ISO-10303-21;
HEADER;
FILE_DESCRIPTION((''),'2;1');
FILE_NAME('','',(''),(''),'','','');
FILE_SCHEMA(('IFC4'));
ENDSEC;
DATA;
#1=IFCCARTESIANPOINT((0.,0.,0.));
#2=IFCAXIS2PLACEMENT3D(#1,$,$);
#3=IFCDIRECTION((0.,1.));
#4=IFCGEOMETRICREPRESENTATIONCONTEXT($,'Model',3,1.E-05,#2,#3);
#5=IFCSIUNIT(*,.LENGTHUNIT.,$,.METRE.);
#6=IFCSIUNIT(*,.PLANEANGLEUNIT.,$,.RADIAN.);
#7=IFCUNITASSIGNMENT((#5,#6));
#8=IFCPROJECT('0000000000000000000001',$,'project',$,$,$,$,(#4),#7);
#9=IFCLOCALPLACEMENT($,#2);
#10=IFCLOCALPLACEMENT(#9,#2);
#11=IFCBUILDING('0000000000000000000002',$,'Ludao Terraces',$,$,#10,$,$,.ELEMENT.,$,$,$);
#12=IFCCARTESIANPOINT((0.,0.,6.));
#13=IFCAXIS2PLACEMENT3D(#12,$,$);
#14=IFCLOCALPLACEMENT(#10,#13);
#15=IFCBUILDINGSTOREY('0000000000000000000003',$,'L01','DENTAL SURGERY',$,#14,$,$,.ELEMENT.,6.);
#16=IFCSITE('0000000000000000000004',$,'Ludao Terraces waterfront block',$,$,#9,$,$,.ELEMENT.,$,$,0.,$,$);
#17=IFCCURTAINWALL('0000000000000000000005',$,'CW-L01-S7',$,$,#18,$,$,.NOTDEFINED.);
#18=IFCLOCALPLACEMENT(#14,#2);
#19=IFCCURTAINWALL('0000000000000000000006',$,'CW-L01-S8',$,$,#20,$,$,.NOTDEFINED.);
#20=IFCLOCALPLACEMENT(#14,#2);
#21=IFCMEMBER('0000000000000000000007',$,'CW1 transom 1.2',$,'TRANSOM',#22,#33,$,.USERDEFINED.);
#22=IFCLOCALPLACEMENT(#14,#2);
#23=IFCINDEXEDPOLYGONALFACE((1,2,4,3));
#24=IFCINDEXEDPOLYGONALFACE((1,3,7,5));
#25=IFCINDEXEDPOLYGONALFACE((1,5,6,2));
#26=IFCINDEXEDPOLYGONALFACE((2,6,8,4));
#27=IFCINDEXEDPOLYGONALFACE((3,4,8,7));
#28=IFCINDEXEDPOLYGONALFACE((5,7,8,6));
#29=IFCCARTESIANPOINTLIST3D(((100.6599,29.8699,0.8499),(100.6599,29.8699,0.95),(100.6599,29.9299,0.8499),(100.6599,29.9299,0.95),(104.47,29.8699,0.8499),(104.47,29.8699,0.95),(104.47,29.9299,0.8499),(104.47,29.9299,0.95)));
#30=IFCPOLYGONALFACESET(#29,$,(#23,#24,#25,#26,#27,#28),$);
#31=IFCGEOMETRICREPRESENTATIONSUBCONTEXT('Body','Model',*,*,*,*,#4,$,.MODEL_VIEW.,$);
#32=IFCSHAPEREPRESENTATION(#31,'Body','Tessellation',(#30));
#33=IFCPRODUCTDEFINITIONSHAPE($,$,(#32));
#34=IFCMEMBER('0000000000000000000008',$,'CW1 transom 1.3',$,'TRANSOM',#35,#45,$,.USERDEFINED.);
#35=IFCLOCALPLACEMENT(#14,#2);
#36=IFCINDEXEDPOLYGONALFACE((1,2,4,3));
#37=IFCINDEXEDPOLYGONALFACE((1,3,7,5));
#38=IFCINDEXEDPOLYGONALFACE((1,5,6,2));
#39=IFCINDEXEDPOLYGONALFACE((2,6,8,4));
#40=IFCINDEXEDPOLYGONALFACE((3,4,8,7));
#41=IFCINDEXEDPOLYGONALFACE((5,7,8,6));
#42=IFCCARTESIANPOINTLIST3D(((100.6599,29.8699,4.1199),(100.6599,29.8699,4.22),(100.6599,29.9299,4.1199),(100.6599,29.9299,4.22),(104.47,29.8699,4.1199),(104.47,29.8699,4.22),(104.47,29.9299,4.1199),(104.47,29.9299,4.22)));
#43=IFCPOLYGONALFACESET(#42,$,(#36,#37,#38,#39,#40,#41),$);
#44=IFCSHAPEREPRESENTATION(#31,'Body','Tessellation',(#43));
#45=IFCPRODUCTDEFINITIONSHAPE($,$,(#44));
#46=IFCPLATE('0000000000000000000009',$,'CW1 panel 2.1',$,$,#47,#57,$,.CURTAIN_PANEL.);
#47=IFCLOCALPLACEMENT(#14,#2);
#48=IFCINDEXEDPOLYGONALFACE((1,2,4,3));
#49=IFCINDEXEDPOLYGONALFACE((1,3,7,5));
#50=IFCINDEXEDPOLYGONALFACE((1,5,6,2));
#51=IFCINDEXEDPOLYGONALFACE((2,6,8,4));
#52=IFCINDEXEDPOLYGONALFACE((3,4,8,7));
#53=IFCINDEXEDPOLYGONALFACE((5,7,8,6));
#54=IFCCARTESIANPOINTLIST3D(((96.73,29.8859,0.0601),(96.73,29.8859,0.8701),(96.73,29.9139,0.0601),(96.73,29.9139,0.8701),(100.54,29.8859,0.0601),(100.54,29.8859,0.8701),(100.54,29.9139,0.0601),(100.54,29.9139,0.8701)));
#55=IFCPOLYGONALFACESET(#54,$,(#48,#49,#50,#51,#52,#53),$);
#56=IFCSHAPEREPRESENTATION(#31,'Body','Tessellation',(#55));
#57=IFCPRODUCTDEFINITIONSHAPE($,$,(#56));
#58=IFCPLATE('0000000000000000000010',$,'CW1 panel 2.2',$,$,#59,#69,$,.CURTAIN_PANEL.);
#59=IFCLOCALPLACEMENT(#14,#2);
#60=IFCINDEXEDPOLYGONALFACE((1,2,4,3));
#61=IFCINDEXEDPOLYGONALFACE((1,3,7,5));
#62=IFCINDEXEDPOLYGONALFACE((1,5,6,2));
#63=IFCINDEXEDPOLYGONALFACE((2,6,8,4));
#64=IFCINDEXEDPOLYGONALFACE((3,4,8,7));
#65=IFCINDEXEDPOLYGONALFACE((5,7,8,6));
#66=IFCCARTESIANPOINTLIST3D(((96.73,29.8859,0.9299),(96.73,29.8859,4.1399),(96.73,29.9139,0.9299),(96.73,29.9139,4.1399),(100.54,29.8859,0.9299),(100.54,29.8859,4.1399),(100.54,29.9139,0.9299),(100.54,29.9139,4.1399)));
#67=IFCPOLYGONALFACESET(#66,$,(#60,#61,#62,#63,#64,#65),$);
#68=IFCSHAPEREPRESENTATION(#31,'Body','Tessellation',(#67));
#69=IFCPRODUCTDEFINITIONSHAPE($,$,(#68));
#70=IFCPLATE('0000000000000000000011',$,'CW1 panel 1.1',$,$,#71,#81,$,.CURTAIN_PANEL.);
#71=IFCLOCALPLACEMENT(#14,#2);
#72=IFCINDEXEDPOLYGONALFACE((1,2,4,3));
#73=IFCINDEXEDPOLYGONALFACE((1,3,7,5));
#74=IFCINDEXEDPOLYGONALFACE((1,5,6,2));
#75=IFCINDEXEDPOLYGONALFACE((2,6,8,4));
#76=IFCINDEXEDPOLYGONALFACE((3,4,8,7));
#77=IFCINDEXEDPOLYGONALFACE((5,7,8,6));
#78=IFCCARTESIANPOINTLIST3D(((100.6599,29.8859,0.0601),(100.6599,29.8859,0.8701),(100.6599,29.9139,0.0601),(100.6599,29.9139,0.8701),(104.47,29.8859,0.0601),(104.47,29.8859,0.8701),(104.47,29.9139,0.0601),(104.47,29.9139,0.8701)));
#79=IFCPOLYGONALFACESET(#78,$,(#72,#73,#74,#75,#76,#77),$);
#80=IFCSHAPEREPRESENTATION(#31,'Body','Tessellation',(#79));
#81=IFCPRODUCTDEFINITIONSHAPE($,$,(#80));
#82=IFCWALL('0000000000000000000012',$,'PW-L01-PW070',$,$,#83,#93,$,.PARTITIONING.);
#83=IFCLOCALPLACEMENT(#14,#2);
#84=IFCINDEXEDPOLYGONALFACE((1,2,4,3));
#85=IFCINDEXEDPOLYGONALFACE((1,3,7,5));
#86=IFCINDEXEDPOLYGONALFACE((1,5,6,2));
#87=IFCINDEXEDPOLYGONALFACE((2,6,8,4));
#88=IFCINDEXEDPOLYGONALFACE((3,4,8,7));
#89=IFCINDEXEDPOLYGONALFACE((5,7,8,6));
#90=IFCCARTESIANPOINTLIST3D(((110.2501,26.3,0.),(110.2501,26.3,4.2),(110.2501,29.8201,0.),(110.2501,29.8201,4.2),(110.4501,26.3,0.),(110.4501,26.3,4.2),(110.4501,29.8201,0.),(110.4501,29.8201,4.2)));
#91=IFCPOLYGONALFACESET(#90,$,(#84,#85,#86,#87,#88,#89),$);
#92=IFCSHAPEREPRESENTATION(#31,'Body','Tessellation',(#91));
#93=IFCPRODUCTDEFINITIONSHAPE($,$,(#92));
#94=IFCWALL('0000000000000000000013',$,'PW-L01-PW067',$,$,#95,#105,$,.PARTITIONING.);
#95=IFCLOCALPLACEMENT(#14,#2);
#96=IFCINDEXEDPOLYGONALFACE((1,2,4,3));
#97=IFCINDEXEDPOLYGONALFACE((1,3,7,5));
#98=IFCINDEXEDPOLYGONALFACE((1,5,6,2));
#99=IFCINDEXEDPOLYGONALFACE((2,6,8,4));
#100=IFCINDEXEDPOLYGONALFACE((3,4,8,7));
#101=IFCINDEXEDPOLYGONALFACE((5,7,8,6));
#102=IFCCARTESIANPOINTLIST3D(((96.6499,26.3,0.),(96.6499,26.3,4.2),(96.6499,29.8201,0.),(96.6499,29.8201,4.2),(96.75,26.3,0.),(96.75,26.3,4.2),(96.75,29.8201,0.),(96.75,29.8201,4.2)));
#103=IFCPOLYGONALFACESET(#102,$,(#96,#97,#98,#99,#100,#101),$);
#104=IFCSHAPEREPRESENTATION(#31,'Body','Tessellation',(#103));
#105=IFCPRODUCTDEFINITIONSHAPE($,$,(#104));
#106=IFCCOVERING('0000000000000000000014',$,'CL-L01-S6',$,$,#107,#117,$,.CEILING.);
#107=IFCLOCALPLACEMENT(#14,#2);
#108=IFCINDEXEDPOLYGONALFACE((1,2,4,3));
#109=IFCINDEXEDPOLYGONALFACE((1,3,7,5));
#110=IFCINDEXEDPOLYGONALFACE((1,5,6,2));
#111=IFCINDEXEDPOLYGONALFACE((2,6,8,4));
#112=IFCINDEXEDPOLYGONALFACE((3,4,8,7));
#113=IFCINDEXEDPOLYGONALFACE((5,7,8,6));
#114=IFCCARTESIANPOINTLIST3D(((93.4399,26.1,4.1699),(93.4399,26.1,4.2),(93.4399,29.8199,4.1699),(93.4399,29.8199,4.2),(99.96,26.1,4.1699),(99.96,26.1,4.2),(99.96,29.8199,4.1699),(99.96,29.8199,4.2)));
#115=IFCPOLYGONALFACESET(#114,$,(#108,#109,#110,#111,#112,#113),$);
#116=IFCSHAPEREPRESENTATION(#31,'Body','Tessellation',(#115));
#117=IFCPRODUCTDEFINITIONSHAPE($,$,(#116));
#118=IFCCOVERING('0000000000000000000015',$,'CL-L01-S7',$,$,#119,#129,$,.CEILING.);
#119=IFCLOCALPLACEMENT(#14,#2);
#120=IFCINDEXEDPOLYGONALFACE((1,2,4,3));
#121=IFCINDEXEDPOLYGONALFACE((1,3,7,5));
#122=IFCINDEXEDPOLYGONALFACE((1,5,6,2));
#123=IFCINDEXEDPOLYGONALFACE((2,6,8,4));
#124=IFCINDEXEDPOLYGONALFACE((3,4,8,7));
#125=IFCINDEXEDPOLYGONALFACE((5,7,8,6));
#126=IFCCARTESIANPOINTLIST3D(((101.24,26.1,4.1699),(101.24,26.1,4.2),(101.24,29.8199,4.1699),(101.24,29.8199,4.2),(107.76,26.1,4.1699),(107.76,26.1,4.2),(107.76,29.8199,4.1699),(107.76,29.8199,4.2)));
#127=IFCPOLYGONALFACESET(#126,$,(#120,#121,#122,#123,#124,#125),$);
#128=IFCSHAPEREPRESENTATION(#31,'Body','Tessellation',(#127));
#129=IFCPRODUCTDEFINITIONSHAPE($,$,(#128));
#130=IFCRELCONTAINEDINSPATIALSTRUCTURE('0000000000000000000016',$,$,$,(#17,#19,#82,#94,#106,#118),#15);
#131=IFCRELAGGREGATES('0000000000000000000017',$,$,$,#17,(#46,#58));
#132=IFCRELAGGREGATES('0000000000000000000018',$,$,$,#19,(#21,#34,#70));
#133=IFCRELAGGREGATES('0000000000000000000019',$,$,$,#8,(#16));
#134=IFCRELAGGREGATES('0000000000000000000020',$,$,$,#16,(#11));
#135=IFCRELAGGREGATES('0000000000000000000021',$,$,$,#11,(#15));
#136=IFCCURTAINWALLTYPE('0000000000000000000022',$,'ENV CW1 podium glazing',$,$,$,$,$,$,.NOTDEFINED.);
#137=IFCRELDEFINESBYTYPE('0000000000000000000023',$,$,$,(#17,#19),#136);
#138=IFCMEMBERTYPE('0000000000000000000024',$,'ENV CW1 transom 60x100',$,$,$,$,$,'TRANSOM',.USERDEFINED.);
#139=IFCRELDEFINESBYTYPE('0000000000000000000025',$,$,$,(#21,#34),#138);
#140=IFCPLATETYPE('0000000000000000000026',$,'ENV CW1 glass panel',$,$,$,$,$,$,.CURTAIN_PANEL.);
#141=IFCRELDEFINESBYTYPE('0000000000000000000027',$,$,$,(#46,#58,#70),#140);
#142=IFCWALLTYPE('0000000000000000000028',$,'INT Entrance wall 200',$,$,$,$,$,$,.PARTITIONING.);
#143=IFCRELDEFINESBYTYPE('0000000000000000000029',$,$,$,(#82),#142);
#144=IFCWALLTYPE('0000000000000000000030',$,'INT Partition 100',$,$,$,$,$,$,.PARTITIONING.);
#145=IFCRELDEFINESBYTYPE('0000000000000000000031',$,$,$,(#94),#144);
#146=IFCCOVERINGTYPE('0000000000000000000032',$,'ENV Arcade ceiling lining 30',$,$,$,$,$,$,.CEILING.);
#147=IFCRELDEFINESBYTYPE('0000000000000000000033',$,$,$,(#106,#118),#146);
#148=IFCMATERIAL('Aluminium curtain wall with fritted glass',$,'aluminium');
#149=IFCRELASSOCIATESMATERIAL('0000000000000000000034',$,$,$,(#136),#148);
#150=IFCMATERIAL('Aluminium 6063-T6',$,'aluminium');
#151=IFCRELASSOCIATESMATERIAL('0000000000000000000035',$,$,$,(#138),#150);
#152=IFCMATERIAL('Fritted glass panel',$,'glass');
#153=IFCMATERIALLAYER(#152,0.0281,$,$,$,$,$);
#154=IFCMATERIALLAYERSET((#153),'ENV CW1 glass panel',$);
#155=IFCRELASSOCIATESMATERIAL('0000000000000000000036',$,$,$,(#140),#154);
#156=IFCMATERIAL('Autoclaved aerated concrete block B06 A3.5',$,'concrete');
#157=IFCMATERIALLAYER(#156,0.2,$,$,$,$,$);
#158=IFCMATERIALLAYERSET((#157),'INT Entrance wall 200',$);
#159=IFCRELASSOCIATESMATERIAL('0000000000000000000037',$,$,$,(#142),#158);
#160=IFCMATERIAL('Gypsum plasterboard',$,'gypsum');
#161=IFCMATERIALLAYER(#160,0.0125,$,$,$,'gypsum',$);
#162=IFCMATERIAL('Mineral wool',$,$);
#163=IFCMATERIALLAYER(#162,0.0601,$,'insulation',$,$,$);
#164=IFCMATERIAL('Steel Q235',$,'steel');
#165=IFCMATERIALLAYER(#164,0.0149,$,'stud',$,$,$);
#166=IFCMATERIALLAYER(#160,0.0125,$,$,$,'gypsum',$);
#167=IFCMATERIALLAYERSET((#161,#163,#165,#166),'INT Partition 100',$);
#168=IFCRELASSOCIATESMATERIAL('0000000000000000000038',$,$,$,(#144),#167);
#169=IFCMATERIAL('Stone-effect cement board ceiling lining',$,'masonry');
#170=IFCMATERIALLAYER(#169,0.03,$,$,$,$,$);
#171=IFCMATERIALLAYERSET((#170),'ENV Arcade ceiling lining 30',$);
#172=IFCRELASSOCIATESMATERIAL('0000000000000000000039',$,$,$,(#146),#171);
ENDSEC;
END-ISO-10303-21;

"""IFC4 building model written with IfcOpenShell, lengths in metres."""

from ifc_helpers import new_model, si_unit, direction, frame, frame_2d, origin, origin_2d, place, context, subcontext, project, spatial, rectangle, extrude, material, layer, layer_set, material_profile, profile_set, type_object, element, aggregate, save


model = new_model("IFC4")

# Units and contexts
model_context = context("Model", 3, precision=1e-05, world=origin(), true_north=direction((0.0, 1.0)))
body_context = subcontext(model_context, "Body", "Model", "MODEL_VIEW")
ifc_project = project(units=[si_unit("LENGTHUNIT", "METRE"), si_unit("PLANEANGLEUNIT", "RADIAN")], contexts=[model_context])

# Site, building, storey
site_placement = place(None, origin())
site = spatial("IfcSite", under=ifc_project, at=site_placement, Name="Ludao Terraces waterfront block", CompositionType="ELEMENT", RefElevation=0.0)
building_placement = place(site_placement, origin())
building = spatial("IfcBuilding", under=site, at=building_placement, Name="Ludao Terraces", CompositionType="ELEMENT")
storey_placement = place(building_placement, frame((0.0, 0.0, 6.0)))
storey = spatial("IfcBuildingStorey", under=building, at=storey_placement, Name="L01", Description="DENTAL SURGERY", CompositionType="ELEMENT", Elevation=6.0)

# Curtain wall
ifc_material_1 = material(Name="Aluminium curtain wall with fritted glass", Category="aluminium")
curtain_wall_type = type_object("IfcCurtainWallType", Name="ENV CW1 podium glazing", PredefinedType="NOTDEFINED", material=ifc_material_1)
curtain_wall_1_placement = place(storey_placement, origin())
curtain_wall_1 = element("IfcCurtainWall", 1, at=curtain_wall_1_placement, inside=storey, type_object=curtain_wall_type, Name="CW-L01-S7", PredefinedType="NOTDEFINED")
ifc_material_2 = material(Name="Aluminium 6063-T6", Category="aluminium")

# Curtain wall
curtain_wall_2_placement = place(storey_placement, origin())
curtain_wall_2 = element("IfcCurtainWall", 2, at=curtain_wall_2_placement, inside=storey, type_object=curtain_wall_type, Name="CW-L01-S8", PredefinedType="NOTDEFINED")

# Members
ifc_material_profile_1 = material_profile(ifc_material_2, rectangle(XDim=0.0601, YDim=0.1001, at=origin_2d()), Name="60 X 100")
ifc_profile_set_1 = profile_set([ifc_material_profile_1], Name="Aluminium 6063-T6")
member_type_1 = type_object("IfcMemberType", Name="ENV CW1 transom 60x100", ElementType="TRANSOM", PredefinedType="USERDEFINED", material=ifc_profile_set_1)
member_1_placement = place(storey_placement, frame((100.6599, 29.8999, 0.8999), z_axis=(1.0, 0.0, 0.0), x_axis=(0.0, 1.0, 0.0)))
member_1 = element("IfcMember", 3, at=member_1_placement, type_object=member_type_1, Name="CW1 transom 1.2", ObjectType="TRANSOM", PredefinedType="USERDEFINED", context=body_context, shape_type="SweptSolid", body=[
    extrude(rectangle(XDim=0.0601, YDim=0.1001, at=origin_2d()), origin(), (0.0, 0.0, 1.0), 3.8101),
])
member_2_placement = place(storey_placement, frame((100.6599, 29.8999, 4.1699), z_axis=(1.0, 0.0, 0.0), x_axis=(0.0, 1.0, 0.0)))
member_2 = element("IfcMember", 4, at=member_2_placement, type_object=member_type_1, Name="CW1 transom 1.3", ObjectType="TRANSOM", PredefinedType="USERDEFINED", context=body_context, shape_type="SweptSolid", body=[
    extrude(rectangle(XDim=0.0601, YDim=0.1001, at=origin_2d()), origin(), (0.0, 0.0, 1.0), 3.8101),
])

# Plates
ifc_material_3 = material(Name="Fritted glass panel", Category="glass")
ifc_layer_1 = layer(ifc_material_3, 0.0281)
ifc_layer_set_1 = layer_set([ifc_layer_1], Name="ENV CW1 glass panel")
plate_type = type_object("IfcPlateType", Name="ENV CW1 glass panel", PredefinedType="CURTAIN_PANEL", material=ifc_layer_set_1)
plate_1_placement = place(storey_placement, frame((98.635, 29.8999, 0.0601), z_axis=(0.0, 0.0, 1.0), x_axis=(1.0, 0.0, 0.0)))
plate_1 = element("IfcPlate", 5, at=plate_1_placement, type_object=plate_type, Name="CW1 panel 2.1", PredefinedType="CURTAIN_PANEL", context=body_context, shape_type="SweptSolid", body=[
    extrude(rectangle(XDim=3.8101, YDim=0.0281, at=origin_2d()), origin(), (0.0, 0.0, 1.0), 0.8101),
])
plate_2_placement = place(storey_placement, frame((98.635, 29.8999, 0.9299), z_axis=(0.0, 0.0, 1.0), x_axis=(1.0, 0.0, 0.0)))
plate_2 = element("IfcPlate", 6, at=plate_2_placement, type_object=plate_type, Name="CW1 panel 2.2", PredefinedType="CURTAIN_PANEL", context=body_context, shape_type="SweptSolid", body=[
    extrude(rectangle(XDim=3.8101, YDim=0.0281, at=origin_2d()), origin(), (0.0, 0.0, 1.0), 3.21),
])
aggregate(curtain_wall_1, [plate_1, plate_2])
plate_3_placement = place(storey_placement, frame((102.5649, 29.8999, 0.0601), z_axis=(0.0, 0.0, 1.0), x_axis=(1.0, 0.0, 0.0)))
plate_3 = element("IfcPlate", 7, at=plate_3_placement, type_object=plate_type, Name="CW1 panel 1.1", PredefinedType="CURTAIN_PANEL", context=body_context, shape_type="SweptSolid", body=[
    extrude(rectangle(XDim=3.8101, YDim=0.0281, at=origin_2d()), origin(), (0.0, 0.0, 1.0), 0.8101),
])
aggregate(curtain_wall_2, [member_1, member_2, plate_3])

# Walls
ifc_material_4 = material(Name="Autoclaved aerated concrete block B06 A3.5", Category="concrete")
ifc_layer_2 = layer(ifc_material_4, 0.2)
ifc_layer_set_2 = layer_set([ifc_layer_2], Name="INT Entrance wall 200")
wall_type_1 = type_object("IfcWallType", Name="INT Entrance wall 200", PredefinedType="PARTITIONING", material=ifc_layer_set_2)
wall_1_placement = place(storey_placement, frame((110.3501, 26.3, 0.0), z_axis=(0.0, 0.0, 1.0), x_axis=(0.0, 1.0, 0.0)))
element("IfcWall", 8, at=wall_1_placement, inside=storey, type_object=wall_type_1, Name="PW-L01-PW070", PredefinedType="PARTITIONING", context=body_context, shape_type="SweptSolid", body=[
    extrude(rectangle(XDim=3.52, YDim=0.2, at=frame_2d((1.76, 0.0))), origin(), (0.0, 0.0, 1.0), 4.2),
])
ifc_material_5 = material(Name="Gypsum plasterboard", Category="gypsum")
ifc_layer_3 = layer(ifc_material_5, 0.0125, Category="gypsum")
ifc_material_6 = material(Name="Mineral wool")
ifc_layer_4 = layer(ifc_material_6, 0.0601, Name="insulation")
ifc_material_7 = material(Name="Steel Q235", Category="steel")
ifc_layer_5 = layer(ifc_material_7, 0.0149, Name="stud")
ifc_layer_6 = layer(ifc_material_5, 0.0125, Category="gypsum")
ifc_layer_set_3 = layer_set([ifc_layer_3, ifc_layer_4, ifc_layer_5, ifc_layer_6], Name="INT Partition 100")
wall_type_2 = type_object("IfcWallType", Name="INT Partition 100", PredefinedType="PARTITIONING", material=ifc_layer_set_3)
wall_2_placement = place(storey_placement, frame((96.7, 26.3, 0.0), z_axis=(0.0, 0.0, 1.0), x_axis=(0.0, 1.0, 0.0)))
element("IfcWall", 9, at=wall_2_placement, inside=storey, type_object=wall_type_2, Name="PW-L01-PW067", PredefinedType="PARTITIONING", context=body_context, shape_type="SweptSolid", body=[
    extrude(rectangle(XDim=3.52, YDim=0.1001, at=frame_2d((1.76, 0.0))), origin(), (0.0, 0.0, 1.0), 4.2),
])

# Coverings
ifc_material_8 = material(Name="Stone-effect cement board ceiling lining", Category="masonry")
ifc_layer_7 = layer(ifc_material_8, 0.03)
ifc_layer_set_4 = layer_set([ifc_layer_7], Name="ENV Arcade ceiling lining 30")
covering_type = type_object("IfcCoveringType", Name="ENV Arcade ceiling lining 30", PredefinedType="CEILING", material=ifc_layer_set_4)
for number, where, z_axis, x_axis, name in (
    (10, (96.7, 27.96, 4.1699), (0.0, 0.0, 1.0), (1.0, 0.0, 0.0), "CL-L01-S6"),
    (11, (104.5, 27.96, 4.1699), (0.0, 0.0, 1.0), (1.0, 0.0, 0.0), "CL-L01-S7"),
):
    element("IfcCovering", number, at=place(storey_placement, frame(where, z_axis=z_axis, x_axis=x_axis)), inside=storey, type_object=covering_type, Name=name, PredefinedType="CEILING", context=body_context, shape_type="SweptSolid", body=[
        extrude(rectangle(XDim=6.52, YDim=3.72, at=origin_2d()), origin(), (0.0, 0.0, 1.0), 0.03),
    ])

save(model, "model.ifc")
